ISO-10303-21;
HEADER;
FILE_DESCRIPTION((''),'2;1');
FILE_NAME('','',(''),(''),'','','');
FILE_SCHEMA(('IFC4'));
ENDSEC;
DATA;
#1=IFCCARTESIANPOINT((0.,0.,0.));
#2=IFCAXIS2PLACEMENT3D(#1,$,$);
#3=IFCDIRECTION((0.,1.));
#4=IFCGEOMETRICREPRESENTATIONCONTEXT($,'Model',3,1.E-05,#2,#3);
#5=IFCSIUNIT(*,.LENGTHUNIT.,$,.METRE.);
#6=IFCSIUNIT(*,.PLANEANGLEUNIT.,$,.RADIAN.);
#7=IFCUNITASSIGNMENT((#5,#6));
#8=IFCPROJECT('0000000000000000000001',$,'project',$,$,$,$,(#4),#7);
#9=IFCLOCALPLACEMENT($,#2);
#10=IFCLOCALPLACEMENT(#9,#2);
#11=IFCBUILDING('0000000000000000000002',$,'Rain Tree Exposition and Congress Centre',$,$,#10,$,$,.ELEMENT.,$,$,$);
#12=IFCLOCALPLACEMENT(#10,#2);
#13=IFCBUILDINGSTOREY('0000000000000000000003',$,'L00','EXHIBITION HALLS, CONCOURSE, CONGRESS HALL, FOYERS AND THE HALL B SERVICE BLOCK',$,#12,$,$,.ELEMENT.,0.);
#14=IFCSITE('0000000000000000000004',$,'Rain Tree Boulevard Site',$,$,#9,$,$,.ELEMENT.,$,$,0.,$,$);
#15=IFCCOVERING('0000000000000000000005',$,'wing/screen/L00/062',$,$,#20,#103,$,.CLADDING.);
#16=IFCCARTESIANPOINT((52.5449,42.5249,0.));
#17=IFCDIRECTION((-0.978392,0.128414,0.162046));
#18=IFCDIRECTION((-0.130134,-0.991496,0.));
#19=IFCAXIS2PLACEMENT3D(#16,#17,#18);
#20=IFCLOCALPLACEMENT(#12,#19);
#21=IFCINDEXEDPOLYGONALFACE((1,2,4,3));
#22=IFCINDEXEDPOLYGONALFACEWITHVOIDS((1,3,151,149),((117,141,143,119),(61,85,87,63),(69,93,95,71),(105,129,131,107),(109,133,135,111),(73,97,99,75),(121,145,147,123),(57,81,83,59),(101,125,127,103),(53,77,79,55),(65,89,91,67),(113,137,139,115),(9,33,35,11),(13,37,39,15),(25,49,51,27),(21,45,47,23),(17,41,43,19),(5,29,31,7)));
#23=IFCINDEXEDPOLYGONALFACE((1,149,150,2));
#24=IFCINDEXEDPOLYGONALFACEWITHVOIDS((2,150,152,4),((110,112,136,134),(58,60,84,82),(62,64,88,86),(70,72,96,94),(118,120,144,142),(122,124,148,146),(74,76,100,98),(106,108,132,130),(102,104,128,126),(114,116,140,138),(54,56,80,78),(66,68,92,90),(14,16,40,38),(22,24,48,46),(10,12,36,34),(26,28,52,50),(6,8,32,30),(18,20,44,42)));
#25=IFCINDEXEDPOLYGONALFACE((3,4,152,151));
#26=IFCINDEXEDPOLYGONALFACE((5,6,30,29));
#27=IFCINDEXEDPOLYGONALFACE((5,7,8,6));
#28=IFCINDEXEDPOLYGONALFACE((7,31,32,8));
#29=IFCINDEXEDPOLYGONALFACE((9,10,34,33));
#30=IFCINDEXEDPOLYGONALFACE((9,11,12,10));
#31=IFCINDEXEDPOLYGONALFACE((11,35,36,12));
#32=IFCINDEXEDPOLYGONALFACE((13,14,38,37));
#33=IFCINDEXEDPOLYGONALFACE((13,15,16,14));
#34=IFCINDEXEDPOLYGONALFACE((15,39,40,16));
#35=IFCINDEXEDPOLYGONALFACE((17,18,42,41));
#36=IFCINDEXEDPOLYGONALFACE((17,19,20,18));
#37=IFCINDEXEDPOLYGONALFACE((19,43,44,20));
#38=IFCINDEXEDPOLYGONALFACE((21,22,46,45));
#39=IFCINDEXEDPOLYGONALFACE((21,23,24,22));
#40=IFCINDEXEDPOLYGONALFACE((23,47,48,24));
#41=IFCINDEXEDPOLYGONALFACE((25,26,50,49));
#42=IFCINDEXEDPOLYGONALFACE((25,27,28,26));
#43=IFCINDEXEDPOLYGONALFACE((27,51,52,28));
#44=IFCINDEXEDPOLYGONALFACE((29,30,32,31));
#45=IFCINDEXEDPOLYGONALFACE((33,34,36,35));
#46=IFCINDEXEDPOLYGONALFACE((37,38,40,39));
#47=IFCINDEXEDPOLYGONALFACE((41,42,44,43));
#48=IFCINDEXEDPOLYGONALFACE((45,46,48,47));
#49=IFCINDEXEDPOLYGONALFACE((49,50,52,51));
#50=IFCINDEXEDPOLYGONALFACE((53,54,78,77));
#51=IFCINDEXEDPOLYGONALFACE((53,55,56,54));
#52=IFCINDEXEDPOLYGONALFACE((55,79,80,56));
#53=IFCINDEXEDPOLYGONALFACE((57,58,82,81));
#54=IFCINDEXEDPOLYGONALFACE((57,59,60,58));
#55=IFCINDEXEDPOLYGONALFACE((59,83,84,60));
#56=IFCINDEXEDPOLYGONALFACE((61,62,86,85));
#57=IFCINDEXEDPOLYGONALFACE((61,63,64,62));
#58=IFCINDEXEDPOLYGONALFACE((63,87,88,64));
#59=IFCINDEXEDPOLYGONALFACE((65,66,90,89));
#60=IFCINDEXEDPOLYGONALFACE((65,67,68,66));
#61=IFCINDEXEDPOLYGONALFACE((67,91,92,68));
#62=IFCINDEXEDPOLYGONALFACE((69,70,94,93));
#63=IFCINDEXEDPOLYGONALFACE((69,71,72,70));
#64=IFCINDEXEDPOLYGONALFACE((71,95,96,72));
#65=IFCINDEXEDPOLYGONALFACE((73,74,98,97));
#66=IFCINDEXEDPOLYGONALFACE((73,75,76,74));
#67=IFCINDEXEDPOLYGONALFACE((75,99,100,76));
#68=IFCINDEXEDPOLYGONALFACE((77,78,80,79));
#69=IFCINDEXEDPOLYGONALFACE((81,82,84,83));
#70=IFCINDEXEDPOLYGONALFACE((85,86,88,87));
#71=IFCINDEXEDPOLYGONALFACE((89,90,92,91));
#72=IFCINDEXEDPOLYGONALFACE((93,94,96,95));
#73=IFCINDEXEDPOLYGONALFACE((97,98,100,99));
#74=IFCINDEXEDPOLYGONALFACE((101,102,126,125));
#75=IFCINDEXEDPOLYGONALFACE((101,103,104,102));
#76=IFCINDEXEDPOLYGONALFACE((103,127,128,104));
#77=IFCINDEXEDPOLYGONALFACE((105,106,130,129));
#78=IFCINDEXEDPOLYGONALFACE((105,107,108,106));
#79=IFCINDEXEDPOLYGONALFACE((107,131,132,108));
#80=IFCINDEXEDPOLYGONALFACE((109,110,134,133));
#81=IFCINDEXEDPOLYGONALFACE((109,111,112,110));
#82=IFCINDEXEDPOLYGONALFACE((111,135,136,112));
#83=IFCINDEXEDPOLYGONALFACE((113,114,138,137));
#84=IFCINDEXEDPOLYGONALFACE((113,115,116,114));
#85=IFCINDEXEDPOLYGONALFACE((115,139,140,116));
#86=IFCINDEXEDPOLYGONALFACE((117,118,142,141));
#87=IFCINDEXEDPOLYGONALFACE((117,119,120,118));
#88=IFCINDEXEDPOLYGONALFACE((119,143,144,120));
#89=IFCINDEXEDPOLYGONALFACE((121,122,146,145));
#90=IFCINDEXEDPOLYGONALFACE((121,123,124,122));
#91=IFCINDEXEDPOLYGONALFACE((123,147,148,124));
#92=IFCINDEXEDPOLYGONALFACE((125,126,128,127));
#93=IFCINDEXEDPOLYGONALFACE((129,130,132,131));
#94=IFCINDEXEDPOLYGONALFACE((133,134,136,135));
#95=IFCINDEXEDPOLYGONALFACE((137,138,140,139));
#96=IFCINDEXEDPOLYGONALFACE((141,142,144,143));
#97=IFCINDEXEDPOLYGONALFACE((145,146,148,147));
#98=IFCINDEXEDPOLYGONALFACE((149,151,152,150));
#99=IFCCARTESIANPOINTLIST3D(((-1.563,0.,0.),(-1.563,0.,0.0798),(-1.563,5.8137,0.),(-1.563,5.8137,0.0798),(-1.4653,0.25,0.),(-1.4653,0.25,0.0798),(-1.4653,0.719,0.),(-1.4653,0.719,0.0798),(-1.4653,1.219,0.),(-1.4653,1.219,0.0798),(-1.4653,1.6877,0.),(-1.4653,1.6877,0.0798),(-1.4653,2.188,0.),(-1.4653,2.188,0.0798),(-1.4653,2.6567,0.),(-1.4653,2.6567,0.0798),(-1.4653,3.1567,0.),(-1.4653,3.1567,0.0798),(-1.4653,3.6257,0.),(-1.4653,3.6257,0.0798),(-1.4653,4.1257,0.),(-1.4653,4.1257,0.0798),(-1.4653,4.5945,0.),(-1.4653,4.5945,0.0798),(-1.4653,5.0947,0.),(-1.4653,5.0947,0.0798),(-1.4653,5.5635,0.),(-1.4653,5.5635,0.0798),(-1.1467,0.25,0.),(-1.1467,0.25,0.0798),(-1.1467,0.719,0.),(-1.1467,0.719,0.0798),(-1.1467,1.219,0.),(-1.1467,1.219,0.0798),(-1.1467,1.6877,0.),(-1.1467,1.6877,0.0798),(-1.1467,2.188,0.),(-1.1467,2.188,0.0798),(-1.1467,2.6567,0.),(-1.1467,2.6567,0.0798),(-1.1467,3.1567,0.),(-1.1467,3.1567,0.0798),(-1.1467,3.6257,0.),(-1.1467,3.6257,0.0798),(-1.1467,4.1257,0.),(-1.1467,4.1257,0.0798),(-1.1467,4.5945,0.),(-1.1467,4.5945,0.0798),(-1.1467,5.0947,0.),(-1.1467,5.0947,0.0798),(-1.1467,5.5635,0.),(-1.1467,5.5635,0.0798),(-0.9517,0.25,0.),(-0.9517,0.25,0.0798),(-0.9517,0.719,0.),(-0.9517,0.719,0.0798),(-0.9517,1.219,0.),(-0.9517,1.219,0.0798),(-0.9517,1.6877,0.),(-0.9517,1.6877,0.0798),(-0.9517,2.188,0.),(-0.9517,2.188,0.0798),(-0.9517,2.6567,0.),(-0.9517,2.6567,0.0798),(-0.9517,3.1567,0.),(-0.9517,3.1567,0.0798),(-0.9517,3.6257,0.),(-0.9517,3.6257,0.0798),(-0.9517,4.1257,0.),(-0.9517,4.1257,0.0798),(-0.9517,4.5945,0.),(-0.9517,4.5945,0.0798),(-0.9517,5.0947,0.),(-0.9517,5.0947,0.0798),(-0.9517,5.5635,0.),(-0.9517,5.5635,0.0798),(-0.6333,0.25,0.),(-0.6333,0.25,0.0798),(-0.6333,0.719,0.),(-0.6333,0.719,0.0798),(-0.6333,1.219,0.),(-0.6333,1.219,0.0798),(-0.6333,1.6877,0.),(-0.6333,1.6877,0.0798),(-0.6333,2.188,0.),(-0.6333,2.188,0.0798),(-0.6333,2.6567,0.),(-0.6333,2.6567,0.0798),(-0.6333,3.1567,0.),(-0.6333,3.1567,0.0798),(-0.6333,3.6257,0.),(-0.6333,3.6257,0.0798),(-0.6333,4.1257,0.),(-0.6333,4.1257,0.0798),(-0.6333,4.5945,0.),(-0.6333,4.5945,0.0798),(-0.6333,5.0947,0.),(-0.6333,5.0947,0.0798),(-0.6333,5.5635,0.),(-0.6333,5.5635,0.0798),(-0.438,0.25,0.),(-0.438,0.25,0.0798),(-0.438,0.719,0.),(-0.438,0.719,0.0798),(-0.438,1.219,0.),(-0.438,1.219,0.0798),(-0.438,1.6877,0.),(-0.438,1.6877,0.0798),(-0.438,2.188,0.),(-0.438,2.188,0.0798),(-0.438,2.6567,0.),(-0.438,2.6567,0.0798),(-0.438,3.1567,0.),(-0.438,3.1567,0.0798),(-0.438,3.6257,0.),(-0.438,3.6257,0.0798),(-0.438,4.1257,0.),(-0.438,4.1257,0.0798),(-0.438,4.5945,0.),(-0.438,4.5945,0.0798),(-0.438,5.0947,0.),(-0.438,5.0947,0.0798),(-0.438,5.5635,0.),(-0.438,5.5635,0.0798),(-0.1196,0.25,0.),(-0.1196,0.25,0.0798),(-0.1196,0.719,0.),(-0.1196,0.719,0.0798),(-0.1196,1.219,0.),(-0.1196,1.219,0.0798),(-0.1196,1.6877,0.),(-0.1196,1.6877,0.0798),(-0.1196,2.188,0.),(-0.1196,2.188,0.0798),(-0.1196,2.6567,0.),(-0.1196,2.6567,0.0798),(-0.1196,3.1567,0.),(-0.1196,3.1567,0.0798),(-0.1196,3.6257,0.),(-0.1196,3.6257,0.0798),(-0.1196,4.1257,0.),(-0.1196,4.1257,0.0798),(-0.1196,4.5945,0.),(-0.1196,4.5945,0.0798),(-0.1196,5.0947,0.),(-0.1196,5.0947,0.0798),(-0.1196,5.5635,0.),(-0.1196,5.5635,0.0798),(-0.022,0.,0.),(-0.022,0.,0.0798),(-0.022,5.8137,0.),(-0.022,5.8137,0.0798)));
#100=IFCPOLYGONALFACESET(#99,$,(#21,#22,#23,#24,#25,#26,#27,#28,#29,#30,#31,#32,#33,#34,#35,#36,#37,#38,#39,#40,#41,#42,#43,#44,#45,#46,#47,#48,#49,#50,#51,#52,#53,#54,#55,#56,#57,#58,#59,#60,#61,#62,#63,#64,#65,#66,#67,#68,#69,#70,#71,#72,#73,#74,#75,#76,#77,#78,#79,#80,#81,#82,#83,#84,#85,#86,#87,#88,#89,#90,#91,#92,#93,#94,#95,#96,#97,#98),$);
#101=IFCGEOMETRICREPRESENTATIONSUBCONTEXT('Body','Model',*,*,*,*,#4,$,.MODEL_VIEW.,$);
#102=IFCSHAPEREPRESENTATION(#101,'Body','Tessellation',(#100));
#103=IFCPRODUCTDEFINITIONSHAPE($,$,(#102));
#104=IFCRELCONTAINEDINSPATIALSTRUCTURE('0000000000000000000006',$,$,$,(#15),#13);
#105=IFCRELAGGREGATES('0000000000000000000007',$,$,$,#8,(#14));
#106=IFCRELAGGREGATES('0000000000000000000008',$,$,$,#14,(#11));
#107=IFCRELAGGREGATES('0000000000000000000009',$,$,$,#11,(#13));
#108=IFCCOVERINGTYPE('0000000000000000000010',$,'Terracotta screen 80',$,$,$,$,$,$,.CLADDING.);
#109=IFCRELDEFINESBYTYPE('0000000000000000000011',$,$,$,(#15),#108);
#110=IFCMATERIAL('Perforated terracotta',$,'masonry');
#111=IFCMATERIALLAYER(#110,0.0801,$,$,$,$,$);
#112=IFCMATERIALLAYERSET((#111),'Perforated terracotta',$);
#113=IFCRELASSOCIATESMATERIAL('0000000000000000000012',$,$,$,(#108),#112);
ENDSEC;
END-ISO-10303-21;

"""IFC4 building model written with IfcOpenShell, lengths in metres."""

from ifc_helpers import new_model, si_unit, direction, frame, origin, place, context, subcontext, project, spatial, polyline, outline, extrude, material, layer, layer_set, type_object, element, save


model = new_model("IFC4")

# Units and contexts
model_context = context("Model", 3, precision=1e-05, world=origin(), true_north=direction((0.0, 1.0)))
body_context = subcontext(model_context, "Body", "Model", "MODEL_VIEW")
ifc_project = project(units=[si_unit("LENGTHUNIT", "METRE"), si_unit("PLANEANGLEUNIT", "RADIAN")], contexts=[model_context])

# Site, building, storey
site_placement = place(None, origin())
site = spatial("IfcSite", under=ifc_project, at=site_placement, Name="Rain Tree Boulevard Site", CompositionType="ELEMENT", RefElevation=0.0)
building_placement = place(site_placement, origin())
building = spatial("IfcBuilding", under=site, at=building_placement, Name="Rain Tree Exposition and Congress Centre", CompositionType="ELEMENT")
storey_placement = place(building_placement, origin())
storey = spatial("IfcBuildingStorey", under=building, at=storey_placement, Name="L00", Description="EXHIBITION HALLS, CONCOURSE, CONGRESS HALL, FOYERS AND THE HALL B SERVICE BLOCK", CompositionType="ELEMENT", Elevation=0.0)

# Covering
ifc_material_1 = material(Name="Perforated terracotta", Category="masonry")
ifc_layer = layer(ifc_material_1, 0.0801)
ifc_layer_set = layer_set([ifc_layer], Name="Perforated terracotta")
covering_type = type_object("IfcCoveringType", Name="Terracotta screen 80", PredefinedType="CLADDING", material=ifc_layer_set)
covering_1_placement = place(storey_placement, frame((52.5449, 42.5249, 0.0), z_axis=(-0.978392, 0.128414, 0.162046), x_axis=(-0.130134, -0.991496, 0.0)))
element("IfcCovering", 1, at=covering_1_placement, inside=storey, type_object=covering_type, Name="wing/screen/L00/062", PredefinedType="CLADDING", context=body_context, shape_type="SweptSolid", body=[
    extrude(outline(polyline([(-0.022, 5.8137), (-0.022, 0.0), (-1.563, 0.0), (-1.563, 5.8137), (-0.022, 5.8137)]), holes=[polyline([(-0.1196, 0.25), (-0.1196, 0.719), (-0.438, 0.719), (-0.438, 0.25), (-0.1196, 0.25)]), polyline([(-0.1196, 1.219), (-0.1196, 1.6877), (-0.438, 1.6877), (-0.438, 1.219), (-0.1196, 1.219)]), polyline([(-0.1196, 2.188), (-0.1196, 2.6567), (-0.438, 2.6567), (-0.438, 2.188), (-0.1196, 2.188)]), polyline([(-0.1196, 3.1567), (-0.1196, 3.6257), (-0.438, 3.6257), (-0.438, 3.1567), (-0.1196, 3.1567)]), polyline([(-0.1196, 4.1257), (-0.1196, 4.5945), (-0.438, 4.5945), (-0.438, 4.1257), (-0.1196, 4.1257)]), polyline([(-0.1196, 5.0947), (-0.1196, 5.5635), (-0.438, 5.5635), (-0.438, 5.0947), (-0.1196, 5.0947)]), polyline([(-0.6333, 0.25), (-0.6333, 0.719), (-0.9517, 0.719), (-0.9517, 0.25), (-0.6333, 0.25)]), polyline([(-0.6333, 1.219), (-0.6333, 1.6877), (-0.9517, 1.6877), (-0.9517, 1.219), (-0.6333, 1.219)]), polyline([(-0.6333, 2.188), (-0.6333, 2.6567), (-0.9517, 2.6567), (-0.9517, 2.188), (-0.6333, 2.188)]), polyline([(-0.6333, 3.1567), (-0.6333, 3.6257), (-0.9517, 3.6257), (-0.9517, 3.1567), (-0.6333, 3.1567)]), polyline([(-0.6333, 4.1257), (-0.6333, 4.5945), (-0.9517, 4.5945), (-0.9517, 4.1257), (-0.6333, 4.1257)]), polyline([(-0.6333, 5.0947), (-0.6333, 5.5635), (-0.9517, 5.5635), (-0.9517, 5.0947), (-0.6333, 5.0947)]), polyline([(-1.1467, 0.25), (-1.1467, 0.719), (-1.4653, 0.719), (-1.4653, 0.25), (-1.1467, 0.25)]), polyline([(-1.1467, 1.219), (-1.1467, 1.6877), (-1.4653, 1.6877), (-1.4653, 1.219), (-1.1467, 1.219)]), polyline([(-1.1467, 2.188), (-1.1467, 2.6567), (-1.4653, 2.6567), (-1.4653, 2.188), (-1.1467, 2.188)]), polyline([(-1.1467, 3.1567), (-1.1467, 3.6257), (-1.4653, 3.6257), (-1.4653, 3.1567), (-1.1467, 3.1567)]), polyline([(-1.1467, 4.1257), (-1.1467, 4.5945), (-1.4653, 4.5945), (-1.4653, 4.1257), (-1.1467, 4.1257)]), polyline([(-1.1467, 5.0947), (-1.1467, 5.5635), (-1.4653, 5.5635), (-1.4653, 5.0947), (-1.1467, 5.0947)])]), origin(), (0.0, 0.0, 1.0), 0.0798),
])

save(model, "model.ifc")
